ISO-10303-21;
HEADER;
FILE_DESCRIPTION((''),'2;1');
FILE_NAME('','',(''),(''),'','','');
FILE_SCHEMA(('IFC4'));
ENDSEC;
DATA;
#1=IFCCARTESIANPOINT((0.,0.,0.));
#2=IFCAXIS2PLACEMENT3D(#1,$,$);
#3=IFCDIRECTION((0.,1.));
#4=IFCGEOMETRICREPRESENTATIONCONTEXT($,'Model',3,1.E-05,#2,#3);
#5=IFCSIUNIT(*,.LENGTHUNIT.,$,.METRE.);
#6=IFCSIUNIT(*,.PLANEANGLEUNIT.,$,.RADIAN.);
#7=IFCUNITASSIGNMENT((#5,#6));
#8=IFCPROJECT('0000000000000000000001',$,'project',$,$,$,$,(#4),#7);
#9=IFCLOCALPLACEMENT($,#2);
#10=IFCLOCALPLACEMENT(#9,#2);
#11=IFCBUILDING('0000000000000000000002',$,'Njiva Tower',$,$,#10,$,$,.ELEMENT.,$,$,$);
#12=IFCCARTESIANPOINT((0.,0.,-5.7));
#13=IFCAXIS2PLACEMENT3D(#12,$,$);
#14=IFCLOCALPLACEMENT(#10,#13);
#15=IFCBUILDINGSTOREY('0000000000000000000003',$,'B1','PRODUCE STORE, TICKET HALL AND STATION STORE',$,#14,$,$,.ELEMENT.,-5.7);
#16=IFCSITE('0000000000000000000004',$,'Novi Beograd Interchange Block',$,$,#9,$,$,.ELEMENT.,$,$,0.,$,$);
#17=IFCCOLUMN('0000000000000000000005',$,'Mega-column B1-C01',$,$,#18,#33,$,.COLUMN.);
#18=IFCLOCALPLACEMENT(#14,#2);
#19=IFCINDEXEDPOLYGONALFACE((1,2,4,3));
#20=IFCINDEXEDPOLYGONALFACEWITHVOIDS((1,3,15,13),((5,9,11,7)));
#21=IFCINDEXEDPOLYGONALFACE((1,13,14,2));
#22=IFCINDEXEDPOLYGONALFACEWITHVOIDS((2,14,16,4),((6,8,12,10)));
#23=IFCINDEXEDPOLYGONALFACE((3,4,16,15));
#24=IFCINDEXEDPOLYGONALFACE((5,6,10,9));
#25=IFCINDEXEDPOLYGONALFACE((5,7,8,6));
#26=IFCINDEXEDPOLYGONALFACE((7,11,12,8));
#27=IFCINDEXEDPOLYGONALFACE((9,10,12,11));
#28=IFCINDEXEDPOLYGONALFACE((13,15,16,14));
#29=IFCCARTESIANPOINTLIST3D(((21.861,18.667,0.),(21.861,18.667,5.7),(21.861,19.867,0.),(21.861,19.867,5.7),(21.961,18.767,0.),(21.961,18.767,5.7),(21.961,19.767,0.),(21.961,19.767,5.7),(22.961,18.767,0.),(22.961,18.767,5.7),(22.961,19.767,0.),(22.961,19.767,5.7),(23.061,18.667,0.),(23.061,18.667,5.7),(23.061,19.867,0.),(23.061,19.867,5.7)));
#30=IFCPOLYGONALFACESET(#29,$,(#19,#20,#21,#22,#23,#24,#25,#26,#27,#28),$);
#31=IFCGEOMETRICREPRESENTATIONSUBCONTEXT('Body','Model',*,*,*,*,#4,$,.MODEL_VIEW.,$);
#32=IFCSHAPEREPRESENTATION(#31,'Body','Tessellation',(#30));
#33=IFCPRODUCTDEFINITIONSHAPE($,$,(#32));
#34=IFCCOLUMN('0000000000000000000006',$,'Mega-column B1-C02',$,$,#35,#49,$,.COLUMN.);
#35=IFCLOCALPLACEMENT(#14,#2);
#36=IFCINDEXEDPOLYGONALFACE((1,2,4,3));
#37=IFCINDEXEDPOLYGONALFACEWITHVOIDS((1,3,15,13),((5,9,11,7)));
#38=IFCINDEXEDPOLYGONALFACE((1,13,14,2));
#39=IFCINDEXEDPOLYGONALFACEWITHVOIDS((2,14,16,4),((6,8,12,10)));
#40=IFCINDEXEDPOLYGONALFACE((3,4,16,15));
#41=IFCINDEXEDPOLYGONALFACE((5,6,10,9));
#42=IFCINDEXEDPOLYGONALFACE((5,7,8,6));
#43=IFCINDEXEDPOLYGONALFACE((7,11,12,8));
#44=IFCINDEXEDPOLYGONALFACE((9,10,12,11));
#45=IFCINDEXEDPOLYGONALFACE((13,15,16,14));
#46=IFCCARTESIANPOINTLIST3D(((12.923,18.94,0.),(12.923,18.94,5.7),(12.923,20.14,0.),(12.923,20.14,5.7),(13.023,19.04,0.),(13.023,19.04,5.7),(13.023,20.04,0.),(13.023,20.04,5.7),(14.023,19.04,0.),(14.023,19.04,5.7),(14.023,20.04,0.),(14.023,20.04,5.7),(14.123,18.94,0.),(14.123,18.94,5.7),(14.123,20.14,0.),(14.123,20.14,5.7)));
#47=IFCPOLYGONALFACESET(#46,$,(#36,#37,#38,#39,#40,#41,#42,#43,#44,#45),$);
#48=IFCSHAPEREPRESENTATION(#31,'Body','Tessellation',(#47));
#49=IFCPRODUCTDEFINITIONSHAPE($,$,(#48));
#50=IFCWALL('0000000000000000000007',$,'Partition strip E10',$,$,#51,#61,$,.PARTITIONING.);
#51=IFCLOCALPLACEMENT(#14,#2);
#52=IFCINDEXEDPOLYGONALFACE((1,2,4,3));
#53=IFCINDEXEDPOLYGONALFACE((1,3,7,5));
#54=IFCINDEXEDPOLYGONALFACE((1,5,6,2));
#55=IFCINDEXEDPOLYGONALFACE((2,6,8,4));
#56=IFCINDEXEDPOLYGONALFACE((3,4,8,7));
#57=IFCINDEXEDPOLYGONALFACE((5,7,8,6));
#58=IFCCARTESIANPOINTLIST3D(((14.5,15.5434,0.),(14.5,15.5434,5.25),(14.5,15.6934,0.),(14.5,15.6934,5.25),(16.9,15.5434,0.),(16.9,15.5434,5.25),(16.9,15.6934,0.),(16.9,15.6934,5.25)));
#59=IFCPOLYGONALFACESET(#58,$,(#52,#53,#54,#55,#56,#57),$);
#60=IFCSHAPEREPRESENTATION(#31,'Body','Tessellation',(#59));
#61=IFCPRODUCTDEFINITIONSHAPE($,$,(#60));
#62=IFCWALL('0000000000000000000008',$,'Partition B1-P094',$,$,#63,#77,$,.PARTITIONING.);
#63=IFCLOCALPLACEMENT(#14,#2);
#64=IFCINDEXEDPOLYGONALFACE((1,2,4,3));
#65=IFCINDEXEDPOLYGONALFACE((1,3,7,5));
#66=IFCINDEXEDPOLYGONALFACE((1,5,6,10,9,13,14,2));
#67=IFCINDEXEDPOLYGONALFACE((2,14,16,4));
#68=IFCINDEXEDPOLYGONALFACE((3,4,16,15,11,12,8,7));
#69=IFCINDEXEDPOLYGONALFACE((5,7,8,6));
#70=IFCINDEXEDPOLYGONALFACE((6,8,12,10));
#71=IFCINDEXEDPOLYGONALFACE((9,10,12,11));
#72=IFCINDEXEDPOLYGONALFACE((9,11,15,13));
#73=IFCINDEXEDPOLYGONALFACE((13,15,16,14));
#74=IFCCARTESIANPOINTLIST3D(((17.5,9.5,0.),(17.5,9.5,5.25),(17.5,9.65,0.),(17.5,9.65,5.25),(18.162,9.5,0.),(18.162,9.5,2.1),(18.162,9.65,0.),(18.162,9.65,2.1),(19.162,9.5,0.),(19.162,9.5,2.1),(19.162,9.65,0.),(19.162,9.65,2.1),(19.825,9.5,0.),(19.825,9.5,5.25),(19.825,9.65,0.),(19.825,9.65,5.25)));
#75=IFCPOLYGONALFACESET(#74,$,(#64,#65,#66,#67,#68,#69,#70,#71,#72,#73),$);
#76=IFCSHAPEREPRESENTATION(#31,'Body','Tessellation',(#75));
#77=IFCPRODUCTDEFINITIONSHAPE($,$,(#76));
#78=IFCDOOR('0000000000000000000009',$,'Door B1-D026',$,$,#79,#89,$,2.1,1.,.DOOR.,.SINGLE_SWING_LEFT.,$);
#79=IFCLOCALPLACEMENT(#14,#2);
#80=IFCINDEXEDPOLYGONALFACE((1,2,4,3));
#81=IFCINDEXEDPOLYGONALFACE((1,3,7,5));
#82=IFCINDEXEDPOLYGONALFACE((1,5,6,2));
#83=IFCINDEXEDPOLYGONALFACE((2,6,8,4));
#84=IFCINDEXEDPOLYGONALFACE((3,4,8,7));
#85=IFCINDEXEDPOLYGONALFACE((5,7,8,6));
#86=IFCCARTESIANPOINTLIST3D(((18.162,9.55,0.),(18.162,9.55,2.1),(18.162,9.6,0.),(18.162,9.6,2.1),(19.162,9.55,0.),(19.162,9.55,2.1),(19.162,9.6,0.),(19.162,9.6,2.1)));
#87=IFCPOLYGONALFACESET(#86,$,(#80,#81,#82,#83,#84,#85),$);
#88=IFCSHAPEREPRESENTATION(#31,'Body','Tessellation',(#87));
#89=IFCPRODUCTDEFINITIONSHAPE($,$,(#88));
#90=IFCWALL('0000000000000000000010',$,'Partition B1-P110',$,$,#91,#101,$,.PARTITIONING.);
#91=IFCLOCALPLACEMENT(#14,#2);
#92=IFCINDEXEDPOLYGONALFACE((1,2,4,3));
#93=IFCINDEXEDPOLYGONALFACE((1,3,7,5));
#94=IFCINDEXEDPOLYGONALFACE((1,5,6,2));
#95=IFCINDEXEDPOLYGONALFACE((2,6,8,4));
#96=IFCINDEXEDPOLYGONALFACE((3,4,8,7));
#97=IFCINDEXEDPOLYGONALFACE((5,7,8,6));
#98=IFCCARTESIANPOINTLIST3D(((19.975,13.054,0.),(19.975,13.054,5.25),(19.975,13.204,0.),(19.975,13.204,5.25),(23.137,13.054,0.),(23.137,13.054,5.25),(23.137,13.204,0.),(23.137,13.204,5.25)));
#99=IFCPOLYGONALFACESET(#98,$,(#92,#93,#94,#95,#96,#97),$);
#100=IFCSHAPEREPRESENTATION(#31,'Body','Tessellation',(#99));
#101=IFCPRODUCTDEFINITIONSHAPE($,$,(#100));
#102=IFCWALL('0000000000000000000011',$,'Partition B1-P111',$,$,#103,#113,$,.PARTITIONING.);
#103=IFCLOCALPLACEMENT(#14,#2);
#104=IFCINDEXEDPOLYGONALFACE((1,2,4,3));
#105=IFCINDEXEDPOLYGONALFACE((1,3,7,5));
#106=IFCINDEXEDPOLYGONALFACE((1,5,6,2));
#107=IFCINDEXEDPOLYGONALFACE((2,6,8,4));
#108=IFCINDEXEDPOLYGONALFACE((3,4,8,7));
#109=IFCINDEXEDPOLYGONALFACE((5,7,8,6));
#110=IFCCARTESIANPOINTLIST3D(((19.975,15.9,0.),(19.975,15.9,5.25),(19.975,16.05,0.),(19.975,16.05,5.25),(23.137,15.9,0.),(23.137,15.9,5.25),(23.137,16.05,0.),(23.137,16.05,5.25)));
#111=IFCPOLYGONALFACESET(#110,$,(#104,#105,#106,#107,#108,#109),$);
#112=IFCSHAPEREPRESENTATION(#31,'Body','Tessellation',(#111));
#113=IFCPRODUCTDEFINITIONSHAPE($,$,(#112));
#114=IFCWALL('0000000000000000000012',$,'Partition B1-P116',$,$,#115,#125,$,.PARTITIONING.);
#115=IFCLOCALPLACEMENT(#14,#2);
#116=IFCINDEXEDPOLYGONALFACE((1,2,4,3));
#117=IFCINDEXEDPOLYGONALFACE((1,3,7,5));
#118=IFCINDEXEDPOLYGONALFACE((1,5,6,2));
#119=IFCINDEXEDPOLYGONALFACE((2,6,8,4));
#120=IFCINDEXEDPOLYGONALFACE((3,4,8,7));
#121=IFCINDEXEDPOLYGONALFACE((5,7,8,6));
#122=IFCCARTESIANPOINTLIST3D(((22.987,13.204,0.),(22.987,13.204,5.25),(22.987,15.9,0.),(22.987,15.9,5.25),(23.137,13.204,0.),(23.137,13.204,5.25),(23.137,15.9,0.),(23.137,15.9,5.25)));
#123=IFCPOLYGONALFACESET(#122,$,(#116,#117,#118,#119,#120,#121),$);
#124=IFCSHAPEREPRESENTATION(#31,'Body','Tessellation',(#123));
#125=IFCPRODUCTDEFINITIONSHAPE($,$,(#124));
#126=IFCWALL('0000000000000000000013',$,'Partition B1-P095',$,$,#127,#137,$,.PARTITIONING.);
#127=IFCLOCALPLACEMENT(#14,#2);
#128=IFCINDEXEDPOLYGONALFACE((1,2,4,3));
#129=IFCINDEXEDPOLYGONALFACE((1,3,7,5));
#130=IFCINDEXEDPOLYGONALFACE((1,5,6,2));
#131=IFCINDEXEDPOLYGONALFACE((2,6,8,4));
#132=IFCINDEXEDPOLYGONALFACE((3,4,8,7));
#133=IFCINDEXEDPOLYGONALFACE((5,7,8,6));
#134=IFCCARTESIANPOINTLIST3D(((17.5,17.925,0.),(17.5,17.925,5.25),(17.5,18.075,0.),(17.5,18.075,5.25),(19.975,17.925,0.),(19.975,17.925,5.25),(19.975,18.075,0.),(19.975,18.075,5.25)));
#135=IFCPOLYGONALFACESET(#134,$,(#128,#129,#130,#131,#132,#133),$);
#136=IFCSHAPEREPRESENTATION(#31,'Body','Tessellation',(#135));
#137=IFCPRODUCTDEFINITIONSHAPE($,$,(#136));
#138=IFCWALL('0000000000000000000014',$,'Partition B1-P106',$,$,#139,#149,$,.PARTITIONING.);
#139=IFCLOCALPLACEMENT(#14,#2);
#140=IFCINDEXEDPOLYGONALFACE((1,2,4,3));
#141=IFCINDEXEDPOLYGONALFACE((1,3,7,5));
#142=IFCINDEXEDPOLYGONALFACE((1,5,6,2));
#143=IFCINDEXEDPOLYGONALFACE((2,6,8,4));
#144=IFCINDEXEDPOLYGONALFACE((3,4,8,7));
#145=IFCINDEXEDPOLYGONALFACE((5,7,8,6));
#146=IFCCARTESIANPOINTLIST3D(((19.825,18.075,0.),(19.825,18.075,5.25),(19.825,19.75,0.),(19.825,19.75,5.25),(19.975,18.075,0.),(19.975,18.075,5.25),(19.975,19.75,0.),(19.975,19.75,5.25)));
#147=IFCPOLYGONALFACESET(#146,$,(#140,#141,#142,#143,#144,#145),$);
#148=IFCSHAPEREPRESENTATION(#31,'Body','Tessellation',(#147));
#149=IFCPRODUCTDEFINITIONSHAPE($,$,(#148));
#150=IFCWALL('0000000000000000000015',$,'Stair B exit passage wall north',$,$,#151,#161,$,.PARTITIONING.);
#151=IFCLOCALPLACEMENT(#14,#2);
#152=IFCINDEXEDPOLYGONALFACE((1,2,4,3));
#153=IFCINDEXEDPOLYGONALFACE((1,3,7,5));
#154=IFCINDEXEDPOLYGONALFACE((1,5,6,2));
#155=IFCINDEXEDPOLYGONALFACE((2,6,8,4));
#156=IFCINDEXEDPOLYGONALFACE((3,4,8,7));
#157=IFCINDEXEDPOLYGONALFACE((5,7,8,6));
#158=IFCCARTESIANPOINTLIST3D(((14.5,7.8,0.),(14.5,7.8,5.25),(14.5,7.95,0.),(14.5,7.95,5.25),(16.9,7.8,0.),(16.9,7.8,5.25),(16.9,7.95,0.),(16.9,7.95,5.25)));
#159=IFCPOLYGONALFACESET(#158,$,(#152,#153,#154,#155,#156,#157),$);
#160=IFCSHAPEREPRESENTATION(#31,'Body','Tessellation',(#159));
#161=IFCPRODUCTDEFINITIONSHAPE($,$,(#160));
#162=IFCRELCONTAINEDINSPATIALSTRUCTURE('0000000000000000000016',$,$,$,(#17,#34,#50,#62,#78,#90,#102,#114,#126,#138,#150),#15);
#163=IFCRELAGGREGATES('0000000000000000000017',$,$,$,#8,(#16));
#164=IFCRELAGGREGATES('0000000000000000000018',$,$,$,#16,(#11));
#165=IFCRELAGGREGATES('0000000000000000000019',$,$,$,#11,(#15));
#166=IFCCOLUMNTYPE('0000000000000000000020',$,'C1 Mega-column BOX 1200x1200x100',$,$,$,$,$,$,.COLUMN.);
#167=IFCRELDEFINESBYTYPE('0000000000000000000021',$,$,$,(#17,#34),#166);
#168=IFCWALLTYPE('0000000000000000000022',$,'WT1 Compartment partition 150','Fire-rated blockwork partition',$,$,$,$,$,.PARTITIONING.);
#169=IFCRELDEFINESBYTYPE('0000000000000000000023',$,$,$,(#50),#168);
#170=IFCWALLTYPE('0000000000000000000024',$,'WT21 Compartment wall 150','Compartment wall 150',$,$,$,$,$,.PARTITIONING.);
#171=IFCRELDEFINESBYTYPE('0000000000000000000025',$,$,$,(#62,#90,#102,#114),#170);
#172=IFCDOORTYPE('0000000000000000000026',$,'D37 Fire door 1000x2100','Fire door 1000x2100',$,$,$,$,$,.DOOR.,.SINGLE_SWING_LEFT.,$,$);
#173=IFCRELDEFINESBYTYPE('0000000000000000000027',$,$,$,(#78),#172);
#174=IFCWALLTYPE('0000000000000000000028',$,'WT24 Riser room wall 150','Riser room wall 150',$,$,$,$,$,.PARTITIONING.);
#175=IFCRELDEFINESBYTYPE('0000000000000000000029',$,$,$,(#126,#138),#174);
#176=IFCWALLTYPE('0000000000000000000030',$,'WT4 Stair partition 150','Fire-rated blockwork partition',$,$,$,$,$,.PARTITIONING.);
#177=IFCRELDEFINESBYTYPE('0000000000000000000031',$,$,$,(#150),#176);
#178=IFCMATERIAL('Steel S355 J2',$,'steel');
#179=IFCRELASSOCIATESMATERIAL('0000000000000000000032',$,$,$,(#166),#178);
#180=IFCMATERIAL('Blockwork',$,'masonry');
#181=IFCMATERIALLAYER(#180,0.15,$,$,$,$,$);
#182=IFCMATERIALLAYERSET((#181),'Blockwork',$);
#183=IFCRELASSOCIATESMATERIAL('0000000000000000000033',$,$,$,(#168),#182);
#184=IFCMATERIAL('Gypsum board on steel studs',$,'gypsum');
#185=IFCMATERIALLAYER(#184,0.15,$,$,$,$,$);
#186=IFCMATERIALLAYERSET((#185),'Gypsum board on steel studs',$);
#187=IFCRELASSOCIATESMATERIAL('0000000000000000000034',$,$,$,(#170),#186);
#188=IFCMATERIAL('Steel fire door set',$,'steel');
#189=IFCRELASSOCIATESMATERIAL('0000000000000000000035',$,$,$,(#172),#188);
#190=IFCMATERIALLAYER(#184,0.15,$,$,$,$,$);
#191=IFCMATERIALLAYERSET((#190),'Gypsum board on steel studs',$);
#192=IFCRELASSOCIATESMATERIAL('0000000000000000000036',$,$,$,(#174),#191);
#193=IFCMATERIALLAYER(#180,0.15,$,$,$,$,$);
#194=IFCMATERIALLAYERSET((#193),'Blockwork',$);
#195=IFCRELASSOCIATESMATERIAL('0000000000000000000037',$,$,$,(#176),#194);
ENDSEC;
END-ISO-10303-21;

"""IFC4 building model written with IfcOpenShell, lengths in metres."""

from ifc_helpers import new_model, si_unit, direction, frame, frame_2d, origin, origin_2d, place, context, subcontext, project, spatial, rectangle, hollow_rectangle, extrude, material, layer, layer_set, material_profile, profile_set, type_object, element, fill, save


model = new_model("IFC4")

# Units and contexts
model_context = context("Model", 3, precision=1e-05, world=origin(), true_north=direction((0.0, 1.0)))
body_context = subcontext(model_context, "Body", "Model", "MODEL_VIEW")
ifc_project = project(units=[si_unit("LENGTHUNIT", "METRE"), si_unit("PLANEANGLEUNIT", "RADIAN")], contexts=[model_context])

# Site, building, storey
site_placement = place(None, origin())
site = spatial("IfcSite", under=ifc_project, at=site_placement, Name="Novi Beograd Interchange Block", CompositionType="ELEMENT", RefElevation=0.0)
building_placement = place(site_placement, origin())
building = spatial("IfcBuilding", under=site, at=building_placement, Name="Njiva Tower", CompositionType="ELEMENT")
storey_placement = place(building_placement, frame((0.0, 0.0, -5.7)))
storey = spatial("IfcBuildingStorey", under=building, at=storey_placement, Name="B1", Description="PRODUCE STORE, TICKET HALL AND STATION STORE", CompositionType="ELEMENT", Elevation=-5.7)

# Columns
ifc_material_1 = material(Name="Steel S355 J2", Category="steel")
ifc_material_profile = material_profile(ifc_material_1, hollow_rectangle(XDim=1.2, YDim=1.2, WallThickness=0.1, at=origin_2d()), Name="BOX 1200x1200x100")
ifc_profile_set = profile_set([ifc_material_profile], Name="Steel S355 J2")
column_type = type_object("IfcColumnType", Name="C1 Mega-column BOX 1200x1200x100", PredefinedType="COLUMN", material=ifc_profile_set)
for number, where, z_axis, x_axis, name in (
    (1, (22.461, 19.267, 0.0), (0.0, 0.0, 1.0), (-1.0, 0.0, 0.0), "Mega-column B1-C01"),
    (2, (13.523, 19.54, 0.0), (0.0, 0.0, 1.0), (-1.0, 0.0, 0.0), "Mega-column B1-C02"),
):
    element("IfcColumn", number, at=place(storey_placement, frame(where, z_axis=z_axis, x_axis=x_axis)), inside=storey, type_object=column_type, Name=name, PredefinedType="COLUMN", context=body_context, shape_type="SweptSolid", body=[
        extrude(hollow_rectangle(XDim=1.2, YDim=1.2, WallThickness=0.1, at=origin_2d()), origin(), (0.0, 0.0, 1.0), 5.7),
    ])

# Wall
ifc_material_2 = material(Name="Blockwork", Category="masonry")
ifc_layer_1 = layer(ifc_material_2, 0.15)
ifc_layer_set_1 = layer_set([ifc_layer_1], Name="Blockwork")
wall_type_1 = type_object("IfcWallType", Name="WT1 Compartment partition 150", Description="Fire-rated blockwork partition", PredefinedType="PARTITIONING", material=ifc_layer_set_1)
wall_1_placement = place(storey_placement, frame((14.5, 15.6184, 0.0), z_axis=(0.0, 0.0, 1.0), x_axis=(1.0, 0.0, 0.0)))
element("IfcWall", 3, at=wall_1_placement, inside=storey, type_object=wall_type_1, Name="Partition strip E10", PredefinedType="PARTITIONING", context=body_context, shape_type="SweptSolid", body=[
    extrude(rectangle(XDim=2.4, YDim=0.15, at=frame_2d((1.2, 0.0))), origin(), (0.0, 0.0, 1.0), 5.25),
])

# Wall, opening, door
ifc_material_3 = material(Name="Gypsum board on steel studs", Category="gypsum")
ifc_layer_2 = layer(ifc_material_3, 0.15)
ifc_layer_set_2 = layer_set([ifc_layer_2], Name="Gypsum board on steel studs")
wall_type_2 = type_object("IfcWallType", Name="WT21 Compartment wall 150", Description="Compartment wall 150", PredefinedType="PARTITIONING", material=ifc_layer_set_2)
wall_2_placement = place(storey_placement, frame((17.5, 9.575, 0.0), z_axis=(0.0, 0.0, 1.0), x_axis=(1.0, 0.0, 0.0)))
wall_2 = element("IfcWall", 4, at=wall_2_placement, inside=storey, type_object=wall_type_2, Name="Partition B1-P094", PredefinedType="PARTITIONING", context=body_context, shape_type="SweptSolid", body=[
    extrude(rectangle(XDim=2.325, YDim=0.15, at=frame_2d((1.1625, 0.0))), origin(), (0.0, 0.0, 1.0), 5.25),
])
opening_placement = place(wall_2_placement, frame((0.662, 0.0, 0.0)))
opening = element("IfcOpeningElement", 5, at=opening_placement, cuts=wall_2, PredefinedType="OPENING", context=body_context, shape_type="SweptSolid", body=[
    extrude(rectangle(XDim=1.0, YDim=2.1, at=frame_2d((0.5, 1.05))), frame((0.0, 0.085, 0.0), z_axis=(0.0, -1.0, 0.0), x_axis=(1.0, 0.0, 0.0)), (0.0, 0.0, 1.0), 0.17),
])
ifc_material_4 = material(Name="Steel fire door set", Category="steel")
door_type = type_object("IfcDoorType", Name="D37 Fire door 1000x2100", Description="Fire door 1000x2100", OperationType="SINGLE_SWING_LEFT", PredefinedType="DOOR", material=ifc_material_4)
door_placement = place(opening_placement, origin())
door = element("IfcDoor", 6, at=door_placement, inside=storey, type_object=door_type, Name="Door B1-D026", OperationType="SINGLE_SWING_LEFT", OverallHeight=2.1, OverallWidth=1.0, PredefinedType="DOOR", context=body_context, shape_type="SweptSolid", body=[
    extrude(rectangle(XDim=1.0, YDim=2.1, at=frame_2d((0.5, 1.05))), frame((0.0, 0.025, 0.0), z_axis=(0.0, -1.0, 0.0), x_axis=(1.0, 0.0, 0.0)), (0.0, 0.0, 1.0), 0.05),
])
fill(opening, door)

# Walls
for number, where, z_axis, x_axis, name in (
    (7, (19.975, 13.129, 0.0), (0.0, 0.0, 1.0), (1.0, 0.0, 0.0), "Partition B1-P110"),
    (8, (19.975, 15.975, 0.0), (0.0, 0.0, 1.0), (1.0, 0.0, 0.0), "Partition B1-P111"),
):
    element("IfcWall", number, at=place(storey_placement, frame(where, z_axis=z_axis, x_axis=x_axis)), inside=storey, type_object=wall_type_2, Name=name, PredefinedType="PARTITIONING", context=body_context, shape_type="SweptSolid", body=[
        extrude(rectangle(XDim=3.162, YDim=0.15, at=frame_2d((1.581, 0.0))), origin(), (0.0, 0.0, 1.0), 5.25),
    ])
wall_3_placement = place(storey_placement, frame((23.062, 13.204, 0.0), z_axis=(0.0, 0.0, 1.0), x_axis=(0.0, 1.0, 0.0)))
element("IfcWall", 9, at=wall_3_placement, inside=storey, type_object=wall_type_2, Name="Partition B1-P116", PredefinedType="PARTITIONING", context=body_context, shape_type="SweptSolid", body=[
    extrude(rectangle(XDim=2.696, YDim=0.15, at=frame_2d((1.348, 0.0))), origin(), (0.0, 0.0, 1.0), 5.25),
])
ifc_layer_3 = layer(ifc_material_3, 0.15)
ifc_layer_set_3 = layer_set([ifc_layer_3], Name="Gypsum board on steel studs")
wall_type_3 = type_object("IfcWallType", Name="WT24 Riser room wall 150", Description="Riser room wall 150", PredefinedType="PARTITIONING", material=ifc_layer_set_3)
wall_4_placement = place(storey_placement, frame((17.5, 18.0, 0.0), z_axis=(0.0, 0.0, 1.0), x_axis=(1.0, 0.0, 0.0)))
element("IfcWall", 10, at=wall_4_placement, inside=storey, type_object=wall_type_3, Name="Partition B1-P095", PredefinedType="PARTITIONING", context=body_context, shape_type="SweptSolid", body=[
    extrude(rectangle(XDim=2.475, YDim=0.15, at=frame_2d((1.2375, 0.0))), origin(), (0.0, 0.0, 1.0), 5.25),
])
wall_5_placement = place(storey_placement, frame((19.9, 18.075, 0.0), z_axis=(0.0, 0.0, 1.0), x_axis=(0.0, 1.0, 0.0)))
element("IfcWall", 11, at=wall_5_placement, inside=storey, type_object=wall_type_3, Name="Partition B1-P106", PredefinedType="PARTITIONING", context=body_context, shape_type="SweptSolid", body=[
    extrude(rectangle(XDim=1.675, YDim=0.15, at=frame_2d((0.8375, 0.0))), origin(), (0.0, 0.0, 1.0), 5.25),
])
ifc_layer_4 = layer(ifc_material_2, 0.15)
ifc_layer_set_4 = layer_set([ifc_layer_4], Name="Blockwork")
wall_type_4 = type_object("IfcWallType", Name="WT4 Stair partition 150", Description="Fire-rated blockwork partition", PredefinedType="PARTITIONING", material=ifc_layer_set_4)
wall_6_placement = place(storey_placement, frame((14.5, 7.875, 0.0), z_axis=(0.0, 0.0, 1.0), x_axis=(1.0, 0.0, 0.0)))
element("IfcWall", 12, at=wall_6_placement, inside=storey, type_object=wall_type_4, Name="Stair B exit passage wall north", PredefinedType="PARTITIONING", context=body_context, shape_type="SweptSolid", body=[
    extrude(rectangle(XDim=2.4, YDim=0.15, at=frame_2d((1.2, 0.0))), origin(), (0.0, 0.0, 1.0), 5.25),
])

save(model, "model.ifc")
